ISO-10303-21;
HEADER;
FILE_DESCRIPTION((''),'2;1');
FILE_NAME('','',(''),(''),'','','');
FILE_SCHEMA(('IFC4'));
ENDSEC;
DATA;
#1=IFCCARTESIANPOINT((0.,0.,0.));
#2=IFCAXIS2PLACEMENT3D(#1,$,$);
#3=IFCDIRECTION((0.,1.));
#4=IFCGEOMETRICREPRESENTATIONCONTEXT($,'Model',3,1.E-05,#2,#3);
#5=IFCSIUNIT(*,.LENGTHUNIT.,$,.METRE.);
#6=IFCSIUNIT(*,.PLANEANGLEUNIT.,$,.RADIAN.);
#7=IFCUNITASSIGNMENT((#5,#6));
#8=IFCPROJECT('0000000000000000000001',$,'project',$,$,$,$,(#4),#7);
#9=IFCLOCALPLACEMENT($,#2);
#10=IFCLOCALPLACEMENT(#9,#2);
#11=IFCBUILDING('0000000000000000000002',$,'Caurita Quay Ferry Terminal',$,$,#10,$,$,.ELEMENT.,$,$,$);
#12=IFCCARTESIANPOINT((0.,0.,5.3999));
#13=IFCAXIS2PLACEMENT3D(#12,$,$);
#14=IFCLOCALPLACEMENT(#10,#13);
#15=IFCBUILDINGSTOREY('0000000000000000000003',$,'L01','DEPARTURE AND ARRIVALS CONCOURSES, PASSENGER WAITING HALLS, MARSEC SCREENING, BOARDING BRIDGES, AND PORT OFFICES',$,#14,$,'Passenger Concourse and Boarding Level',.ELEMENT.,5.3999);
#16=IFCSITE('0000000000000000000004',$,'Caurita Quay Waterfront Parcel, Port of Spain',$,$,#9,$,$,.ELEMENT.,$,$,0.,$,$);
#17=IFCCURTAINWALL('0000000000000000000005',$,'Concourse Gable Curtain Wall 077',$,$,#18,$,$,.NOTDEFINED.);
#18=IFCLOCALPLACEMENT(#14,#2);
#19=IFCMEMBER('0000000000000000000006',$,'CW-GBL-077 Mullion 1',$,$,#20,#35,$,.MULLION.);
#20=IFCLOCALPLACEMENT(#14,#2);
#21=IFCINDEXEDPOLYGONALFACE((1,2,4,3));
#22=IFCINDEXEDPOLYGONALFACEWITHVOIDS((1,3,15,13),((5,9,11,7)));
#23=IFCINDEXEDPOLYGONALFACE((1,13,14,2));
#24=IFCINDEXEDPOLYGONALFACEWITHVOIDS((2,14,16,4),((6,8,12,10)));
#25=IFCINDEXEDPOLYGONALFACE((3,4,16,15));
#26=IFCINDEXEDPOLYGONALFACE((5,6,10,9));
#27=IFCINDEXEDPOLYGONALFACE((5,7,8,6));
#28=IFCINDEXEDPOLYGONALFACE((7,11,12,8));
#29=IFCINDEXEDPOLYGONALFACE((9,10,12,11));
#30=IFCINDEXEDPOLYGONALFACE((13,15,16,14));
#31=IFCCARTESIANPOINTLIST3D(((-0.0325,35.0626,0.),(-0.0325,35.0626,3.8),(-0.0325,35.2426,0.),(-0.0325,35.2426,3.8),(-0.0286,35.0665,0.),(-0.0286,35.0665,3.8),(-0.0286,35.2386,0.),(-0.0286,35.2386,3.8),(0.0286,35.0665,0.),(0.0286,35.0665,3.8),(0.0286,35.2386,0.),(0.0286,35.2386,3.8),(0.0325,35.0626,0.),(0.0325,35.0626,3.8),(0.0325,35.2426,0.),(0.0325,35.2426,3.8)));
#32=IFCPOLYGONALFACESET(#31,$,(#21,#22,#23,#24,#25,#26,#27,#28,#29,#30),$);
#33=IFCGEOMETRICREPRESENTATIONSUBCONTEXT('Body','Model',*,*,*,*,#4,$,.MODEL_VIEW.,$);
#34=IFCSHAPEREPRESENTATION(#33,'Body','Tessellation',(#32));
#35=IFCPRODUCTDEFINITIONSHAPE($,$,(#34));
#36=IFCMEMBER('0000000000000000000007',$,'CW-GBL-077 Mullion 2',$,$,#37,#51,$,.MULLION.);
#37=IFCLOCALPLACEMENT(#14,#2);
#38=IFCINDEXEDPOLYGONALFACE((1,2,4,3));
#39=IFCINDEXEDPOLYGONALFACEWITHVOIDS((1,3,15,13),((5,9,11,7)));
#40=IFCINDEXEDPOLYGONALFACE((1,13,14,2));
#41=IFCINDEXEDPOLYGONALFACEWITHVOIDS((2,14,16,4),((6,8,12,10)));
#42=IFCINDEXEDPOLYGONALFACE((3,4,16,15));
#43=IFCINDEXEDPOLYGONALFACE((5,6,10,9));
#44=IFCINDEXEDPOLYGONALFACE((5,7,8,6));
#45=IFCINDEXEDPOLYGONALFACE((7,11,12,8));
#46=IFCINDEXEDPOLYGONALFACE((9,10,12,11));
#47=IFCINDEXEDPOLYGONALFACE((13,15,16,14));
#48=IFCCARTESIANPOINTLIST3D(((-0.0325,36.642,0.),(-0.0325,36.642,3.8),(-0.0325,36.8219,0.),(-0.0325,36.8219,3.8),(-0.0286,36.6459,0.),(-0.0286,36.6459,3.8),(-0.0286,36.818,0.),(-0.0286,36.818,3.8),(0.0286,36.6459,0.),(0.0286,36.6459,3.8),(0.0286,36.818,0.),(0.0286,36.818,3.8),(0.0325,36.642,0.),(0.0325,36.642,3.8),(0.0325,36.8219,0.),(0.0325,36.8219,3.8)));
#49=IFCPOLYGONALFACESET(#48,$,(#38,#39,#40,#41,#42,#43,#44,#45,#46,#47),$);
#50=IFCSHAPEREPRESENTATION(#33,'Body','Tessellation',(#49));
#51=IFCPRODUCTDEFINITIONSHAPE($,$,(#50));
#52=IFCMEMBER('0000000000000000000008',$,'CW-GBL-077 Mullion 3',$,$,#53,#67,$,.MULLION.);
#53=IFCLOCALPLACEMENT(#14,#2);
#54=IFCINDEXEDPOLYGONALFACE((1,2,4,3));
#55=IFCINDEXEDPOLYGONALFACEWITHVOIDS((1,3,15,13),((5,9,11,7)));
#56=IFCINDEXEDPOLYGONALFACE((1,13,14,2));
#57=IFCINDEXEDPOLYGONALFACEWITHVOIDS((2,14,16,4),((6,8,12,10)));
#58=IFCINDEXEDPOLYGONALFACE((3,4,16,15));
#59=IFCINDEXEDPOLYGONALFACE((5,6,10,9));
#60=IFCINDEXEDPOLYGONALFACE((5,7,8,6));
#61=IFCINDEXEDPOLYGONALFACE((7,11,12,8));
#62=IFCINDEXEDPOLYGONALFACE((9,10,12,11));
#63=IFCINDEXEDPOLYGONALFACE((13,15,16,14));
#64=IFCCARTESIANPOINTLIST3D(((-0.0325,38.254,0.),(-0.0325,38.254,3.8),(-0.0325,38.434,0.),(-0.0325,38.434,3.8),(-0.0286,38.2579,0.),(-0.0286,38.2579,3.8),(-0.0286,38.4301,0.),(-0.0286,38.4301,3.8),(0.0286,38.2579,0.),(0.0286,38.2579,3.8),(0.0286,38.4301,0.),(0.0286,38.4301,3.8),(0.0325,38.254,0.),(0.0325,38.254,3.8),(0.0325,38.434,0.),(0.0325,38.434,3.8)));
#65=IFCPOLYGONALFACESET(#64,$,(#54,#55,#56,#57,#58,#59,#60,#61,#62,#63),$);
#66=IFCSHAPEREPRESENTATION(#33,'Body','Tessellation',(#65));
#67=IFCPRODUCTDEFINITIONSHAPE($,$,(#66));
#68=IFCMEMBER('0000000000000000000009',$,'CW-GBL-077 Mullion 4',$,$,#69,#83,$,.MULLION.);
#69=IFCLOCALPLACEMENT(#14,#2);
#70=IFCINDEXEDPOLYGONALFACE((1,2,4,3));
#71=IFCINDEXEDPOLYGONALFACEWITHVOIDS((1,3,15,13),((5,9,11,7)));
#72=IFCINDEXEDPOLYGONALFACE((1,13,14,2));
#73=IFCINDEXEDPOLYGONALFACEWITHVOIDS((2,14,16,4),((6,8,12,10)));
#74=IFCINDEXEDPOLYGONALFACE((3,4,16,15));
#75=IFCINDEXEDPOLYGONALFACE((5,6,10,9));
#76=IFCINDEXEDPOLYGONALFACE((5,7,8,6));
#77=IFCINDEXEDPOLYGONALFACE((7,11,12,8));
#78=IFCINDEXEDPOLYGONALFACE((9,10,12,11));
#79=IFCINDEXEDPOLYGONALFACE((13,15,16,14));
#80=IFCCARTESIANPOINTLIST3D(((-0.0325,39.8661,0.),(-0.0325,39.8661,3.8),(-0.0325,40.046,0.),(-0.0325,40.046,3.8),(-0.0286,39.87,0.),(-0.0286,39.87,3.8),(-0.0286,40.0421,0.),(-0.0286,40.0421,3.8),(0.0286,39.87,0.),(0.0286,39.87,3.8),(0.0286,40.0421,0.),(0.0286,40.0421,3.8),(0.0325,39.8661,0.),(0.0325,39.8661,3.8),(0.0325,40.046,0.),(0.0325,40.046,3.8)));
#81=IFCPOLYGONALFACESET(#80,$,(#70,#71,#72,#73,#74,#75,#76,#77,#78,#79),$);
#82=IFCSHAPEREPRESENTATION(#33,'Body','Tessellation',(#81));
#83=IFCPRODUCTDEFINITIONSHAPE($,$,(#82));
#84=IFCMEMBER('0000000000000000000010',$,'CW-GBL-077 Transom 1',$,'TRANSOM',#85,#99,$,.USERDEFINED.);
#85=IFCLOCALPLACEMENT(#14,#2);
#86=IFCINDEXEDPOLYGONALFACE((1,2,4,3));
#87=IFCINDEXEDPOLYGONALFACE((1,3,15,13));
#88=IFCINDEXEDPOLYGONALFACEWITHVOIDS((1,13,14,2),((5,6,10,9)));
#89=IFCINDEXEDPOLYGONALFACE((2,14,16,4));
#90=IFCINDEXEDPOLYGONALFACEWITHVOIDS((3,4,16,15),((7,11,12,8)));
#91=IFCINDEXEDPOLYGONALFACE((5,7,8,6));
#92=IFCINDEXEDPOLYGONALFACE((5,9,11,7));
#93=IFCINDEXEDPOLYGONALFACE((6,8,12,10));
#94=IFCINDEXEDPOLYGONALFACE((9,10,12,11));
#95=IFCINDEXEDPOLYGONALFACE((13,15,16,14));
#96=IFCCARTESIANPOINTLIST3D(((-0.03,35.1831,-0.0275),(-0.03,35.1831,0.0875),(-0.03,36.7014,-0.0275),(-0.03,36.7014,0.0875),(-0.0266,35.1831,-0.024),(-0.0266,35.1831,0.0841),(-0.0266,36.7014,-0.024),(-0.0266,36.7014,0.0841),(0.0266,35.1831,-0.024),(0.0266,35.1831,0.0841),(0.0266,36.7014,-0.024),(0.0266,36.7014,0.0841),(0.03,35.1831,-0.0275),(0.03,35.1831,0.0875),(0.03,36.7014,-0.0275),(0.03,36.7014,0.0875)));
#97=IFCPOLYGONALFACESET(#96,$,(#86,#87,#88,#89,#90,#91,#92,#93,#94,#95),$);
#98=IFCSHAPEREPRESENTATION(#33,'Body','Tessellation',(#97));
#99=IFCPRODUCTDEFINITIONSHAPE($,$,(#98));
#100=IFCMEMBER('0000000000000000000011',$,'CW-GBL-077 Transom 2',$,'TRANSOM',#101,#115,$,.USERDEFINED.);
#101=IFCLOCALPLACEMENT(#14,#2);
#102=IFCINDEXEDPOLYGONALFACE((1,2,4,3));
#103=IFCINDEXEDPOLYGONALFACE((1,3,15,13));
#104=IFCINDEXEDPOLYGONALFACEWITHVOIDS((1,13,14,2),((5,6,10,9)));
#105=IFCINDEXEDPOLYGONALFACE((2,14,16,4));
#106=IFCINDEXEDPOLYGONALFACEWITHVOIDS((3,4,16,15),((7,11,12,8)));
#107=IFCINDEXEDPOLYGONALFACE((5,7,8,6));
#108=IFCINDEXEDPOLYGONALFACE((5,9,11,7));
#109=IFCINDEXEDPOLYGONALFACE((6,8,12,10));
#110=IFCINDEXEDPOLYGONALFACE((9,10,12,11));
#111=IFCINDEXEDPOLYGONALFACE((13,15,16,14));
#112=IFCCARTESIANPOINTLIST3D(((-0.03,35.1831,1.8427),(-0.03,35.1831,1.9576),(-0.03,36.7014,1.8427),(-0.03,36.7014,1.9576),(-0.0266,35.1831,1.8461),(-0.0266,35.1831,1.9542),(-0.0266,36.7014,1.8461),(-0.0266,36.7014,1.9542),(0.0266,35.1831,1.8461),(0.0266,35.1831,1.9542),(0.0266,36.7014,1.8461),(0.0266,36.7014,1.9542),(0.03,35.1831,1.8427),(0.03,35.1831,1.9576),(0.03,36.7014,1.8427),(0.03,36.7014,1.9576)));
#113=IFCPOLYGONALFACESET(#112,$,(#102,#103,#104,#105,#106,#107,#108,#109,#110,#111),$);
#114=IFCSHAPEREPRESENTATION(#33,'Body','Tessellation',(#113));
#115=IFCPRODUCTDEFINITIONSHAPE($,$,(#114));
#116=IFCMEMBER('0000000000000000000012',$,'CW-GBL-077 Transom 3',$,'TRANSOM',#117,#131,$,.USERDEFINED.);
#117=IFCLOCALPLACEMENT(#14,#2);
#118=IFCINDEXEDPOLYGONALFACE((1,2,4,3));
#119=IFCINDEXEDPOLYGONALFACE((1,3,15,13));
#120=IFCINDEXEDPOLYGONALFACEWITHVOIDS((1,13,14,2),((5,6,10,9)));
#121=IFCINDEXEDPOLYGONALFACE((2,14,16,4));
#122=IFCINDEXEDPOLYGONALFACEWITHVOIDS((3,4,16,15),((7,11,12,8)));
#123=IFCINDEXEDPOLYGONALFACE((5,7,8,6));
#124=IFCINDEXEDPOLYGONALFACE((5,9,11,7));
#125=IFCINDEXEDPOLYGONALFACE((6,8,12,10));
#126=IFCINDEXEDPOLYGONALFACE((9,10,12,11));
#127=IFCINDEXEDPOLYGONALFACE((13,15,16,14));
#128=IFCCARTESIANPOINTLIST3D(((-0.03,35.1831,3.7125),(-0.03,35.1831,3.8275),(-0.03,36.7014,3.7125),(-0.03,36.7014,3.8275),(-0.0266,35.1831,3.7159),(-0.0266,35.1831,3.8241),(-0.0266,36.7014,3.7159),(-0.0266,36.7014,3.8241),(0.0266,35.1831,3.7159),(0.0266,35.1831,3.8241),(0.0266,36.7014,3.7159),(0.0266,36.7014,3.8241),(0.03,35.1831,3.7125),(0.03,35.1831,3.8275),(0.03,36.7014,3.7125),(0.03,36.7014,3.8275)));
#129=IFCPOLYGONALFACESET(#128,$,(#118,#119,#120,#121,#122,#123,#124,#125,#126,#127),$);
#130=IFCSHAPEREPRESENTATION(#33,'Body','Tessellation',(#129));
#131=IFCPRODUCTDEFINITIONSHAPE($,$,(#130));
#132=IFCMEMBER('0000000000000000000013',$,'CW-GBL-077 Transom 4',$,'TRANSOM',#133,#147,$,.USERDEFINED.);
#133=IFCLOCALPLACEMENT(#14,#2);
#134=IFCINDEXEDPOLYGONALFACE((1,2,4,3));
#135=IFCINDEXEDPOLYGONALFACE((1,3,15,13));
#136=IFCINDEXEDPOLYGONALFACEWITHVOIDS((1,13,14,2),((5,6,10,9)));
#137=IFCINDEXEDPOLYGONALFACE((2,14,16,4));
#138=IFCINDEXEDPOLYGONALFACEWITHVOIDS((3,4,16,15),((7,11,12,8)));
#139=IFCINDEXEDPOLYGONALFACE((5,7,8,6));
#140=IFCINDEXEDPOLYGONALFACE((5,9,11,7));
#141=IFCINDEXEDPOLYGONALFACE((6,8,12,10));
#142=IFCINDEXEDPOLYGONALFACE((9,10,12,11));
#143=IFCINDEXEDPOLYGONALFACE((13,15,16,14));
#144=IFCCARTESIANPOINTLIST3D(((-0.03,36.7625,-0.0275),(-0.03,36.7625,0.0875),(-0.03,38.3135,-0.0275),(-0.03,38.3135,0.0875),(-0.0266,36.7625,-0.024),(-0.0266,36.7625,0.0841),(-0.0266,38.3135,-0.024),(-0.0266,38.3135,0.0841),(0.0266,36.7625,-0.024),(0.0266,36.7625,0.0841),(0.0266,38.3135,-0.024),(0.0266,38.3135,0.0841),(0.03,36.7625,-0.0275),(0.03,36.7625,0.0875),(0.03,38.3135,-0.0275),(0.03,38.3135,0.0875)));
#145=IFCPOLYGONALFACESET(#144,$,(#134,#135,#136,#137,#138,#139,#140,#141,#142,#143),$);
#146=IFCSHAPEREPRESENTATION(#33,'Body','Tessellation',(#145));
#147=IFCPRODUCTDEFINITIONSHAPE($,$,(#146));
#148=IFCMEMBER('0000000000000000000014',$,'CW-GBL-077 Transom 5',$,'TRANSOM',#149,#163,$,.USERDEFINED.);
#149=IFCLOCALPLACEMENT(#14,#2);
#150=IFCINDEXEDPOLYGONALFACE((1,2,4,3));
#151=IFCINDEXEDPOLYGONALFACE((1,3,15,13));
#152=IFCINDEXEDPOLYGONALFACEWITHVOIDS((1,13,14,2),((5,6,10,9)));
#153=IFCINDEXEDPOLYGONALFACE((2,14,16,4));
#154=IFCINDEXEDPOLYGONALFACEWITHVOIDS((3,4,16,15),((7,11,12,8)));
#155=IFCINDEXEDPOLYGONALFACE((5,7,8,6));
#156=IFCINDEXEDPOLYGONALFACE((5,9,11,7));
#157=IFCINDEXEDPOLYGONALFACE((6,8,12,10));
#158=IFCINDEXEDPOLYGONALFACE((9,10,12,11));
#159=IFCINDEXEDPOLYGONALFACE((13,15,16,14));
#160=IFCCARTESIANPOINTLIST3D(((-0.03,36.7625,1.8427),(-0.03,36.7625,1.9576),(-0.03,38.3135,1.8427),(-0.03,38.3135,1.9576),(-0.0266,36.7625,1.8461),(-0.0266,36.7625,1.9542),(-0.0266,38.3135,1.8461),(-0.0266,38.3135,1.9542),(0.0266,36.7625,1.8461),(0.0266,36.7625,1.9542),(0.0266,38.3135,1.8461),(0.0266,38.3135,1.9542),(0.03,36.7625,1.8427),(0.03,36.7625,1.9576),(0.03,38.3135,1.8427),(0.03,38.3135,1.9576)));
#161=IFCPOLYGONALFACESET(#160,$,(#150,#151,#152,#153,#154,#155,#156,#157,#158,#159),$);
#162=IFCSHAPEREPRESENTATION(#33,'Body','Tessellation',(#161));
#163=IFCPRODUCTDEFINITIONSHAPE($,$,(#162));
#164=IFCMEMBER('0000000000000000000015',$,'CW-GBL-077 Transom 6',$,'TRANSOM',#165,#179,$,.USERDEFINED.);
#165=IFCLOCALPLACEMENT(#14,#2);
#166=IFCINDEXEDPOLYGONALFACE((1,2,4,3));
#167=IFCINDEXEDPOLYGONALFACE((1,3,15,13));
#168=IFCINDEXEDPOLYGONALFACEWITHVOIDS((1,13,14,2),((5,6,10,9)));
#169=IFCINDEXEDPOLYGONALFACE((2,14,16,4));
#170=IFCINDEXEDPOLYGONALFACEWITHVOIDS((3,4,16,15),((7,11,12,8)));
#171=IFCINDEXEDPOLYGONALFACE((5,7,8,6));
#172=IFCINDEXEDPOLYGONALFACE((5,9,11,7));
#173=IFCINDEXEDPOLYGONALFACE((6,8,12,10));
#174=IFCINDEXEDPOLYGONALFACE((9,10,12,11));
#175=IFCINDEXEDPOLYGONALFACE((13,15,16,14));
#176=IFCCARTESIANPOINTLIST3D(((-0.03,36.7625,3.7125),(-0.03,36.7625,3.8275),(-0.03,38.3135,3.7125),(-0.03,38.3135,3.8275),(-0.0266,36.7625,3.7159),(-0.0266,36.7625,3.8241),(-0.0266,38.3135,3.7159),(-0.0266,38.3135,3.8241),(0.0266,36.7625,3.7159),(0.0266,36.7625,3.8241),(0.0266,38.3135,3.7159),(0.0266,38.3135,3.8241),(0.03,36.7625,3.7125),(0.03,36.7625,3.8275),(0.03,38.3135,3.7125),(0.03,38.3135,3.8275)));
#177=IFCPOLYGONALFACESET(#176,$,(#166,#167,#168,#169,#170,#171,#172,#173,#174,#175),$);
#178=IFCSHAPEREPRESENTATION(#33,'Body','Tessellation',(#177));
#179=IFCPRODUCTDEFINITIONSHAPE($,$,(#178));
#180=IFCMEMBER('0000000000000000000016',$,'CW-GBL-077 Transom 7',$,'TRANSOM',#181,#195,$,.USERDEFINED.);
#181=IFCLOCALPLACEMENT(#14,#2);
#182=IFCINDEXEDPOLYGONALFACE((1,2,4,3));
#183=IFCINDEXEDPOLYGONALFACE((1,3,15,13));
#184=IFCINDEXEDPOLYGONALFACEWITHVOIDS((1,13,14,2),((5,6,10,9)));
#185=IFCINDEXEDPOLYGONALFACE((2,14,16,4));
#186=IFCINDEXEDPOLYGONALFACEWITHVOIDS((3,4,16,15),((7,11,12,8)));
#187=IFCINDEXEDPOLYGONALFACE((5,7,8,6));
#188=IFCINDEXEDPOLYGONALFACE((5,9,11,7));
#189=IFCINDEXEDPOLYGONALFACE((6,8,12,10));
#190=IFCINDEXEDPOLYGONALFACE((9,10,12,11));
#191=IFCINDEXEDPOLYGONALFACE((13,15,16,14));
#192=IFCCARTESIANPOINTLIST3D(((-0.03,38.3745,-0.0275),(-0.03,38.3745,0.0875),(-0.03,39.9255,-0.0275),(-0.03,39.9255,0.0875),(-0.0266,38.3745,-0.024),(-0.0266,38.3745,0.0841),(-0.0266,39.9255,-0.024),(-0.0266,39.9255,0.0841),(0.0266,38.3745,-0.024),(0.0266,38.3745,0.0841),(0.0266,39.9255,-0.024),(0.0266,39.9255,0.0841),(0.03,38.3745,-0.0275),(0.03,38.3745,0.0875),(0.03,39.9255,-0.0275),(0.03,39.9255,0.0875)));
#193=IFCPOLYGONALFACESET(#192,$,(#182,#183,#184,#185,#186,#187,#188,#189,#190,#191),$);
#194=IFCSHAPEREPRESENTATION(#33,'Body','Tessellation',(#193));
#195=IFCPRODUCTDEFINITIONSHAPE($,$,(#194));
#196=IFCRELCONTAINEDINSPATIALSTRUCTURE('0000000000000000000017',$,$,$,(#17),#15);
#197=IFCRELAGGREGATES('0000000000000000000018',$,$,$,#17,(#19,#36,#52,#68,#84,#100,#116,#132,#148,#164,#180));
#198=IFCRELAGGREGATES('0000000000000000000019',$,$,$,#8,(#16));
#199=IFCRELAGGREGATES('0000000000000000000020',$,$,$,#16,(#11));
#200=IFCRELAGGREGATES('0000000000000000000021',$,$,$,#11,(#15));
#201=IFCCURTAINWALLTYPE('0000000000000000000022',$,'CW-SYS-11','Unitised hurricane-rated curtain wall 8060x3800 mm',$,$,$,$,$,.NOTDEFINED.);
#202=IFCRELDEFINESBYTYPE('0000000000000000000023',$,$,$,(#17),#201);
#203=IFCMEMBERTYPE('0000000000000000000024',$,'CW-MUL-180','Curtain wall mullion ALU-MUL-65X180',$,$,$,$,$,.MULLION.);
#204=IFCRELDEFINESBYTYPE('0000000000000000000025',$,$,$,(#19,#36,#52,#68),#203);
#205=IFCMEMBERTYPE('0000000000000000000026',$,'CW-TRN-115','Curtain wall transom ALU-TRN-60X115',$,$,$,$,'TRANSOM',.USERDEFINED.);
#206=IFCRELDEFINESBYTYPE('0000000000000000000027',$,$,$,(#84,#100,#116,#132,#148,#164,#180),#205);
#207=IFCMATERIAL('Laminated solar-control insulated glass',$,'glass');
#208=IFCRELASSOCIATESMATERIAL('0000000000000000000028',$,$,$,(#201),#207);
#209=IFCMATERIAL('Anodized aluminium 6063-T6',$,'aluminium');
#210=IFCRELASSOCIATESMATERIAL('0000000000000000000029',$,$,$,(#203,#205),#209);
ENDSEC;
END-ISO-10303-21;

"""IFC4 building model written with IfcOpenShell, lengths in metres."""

from ifc_helpers import new_model, si_unit, direction, frame, origin, origin_2d, place, context, subcontext, project, spatial, hollow_rectangle, extrude, material, material_profile, profile_set, type_object, element, aggregate, save


model = new_model("IFC4")

# Units and contexts
model_context = context("Model", 3, precision=1e-05, world=origin(), true_north=direction((0.0, 1.0)))
body_context = subcontext(model_context, "Body", "Model", "MODEL_VIEW")
ifc_project = project(units=[si_unit("LENGTHUNIT", "METRE"), si_unit("PLANEANGLEUNIT", "RADIAN")], contexts=[model_context])

# Site, building, storey
site_placement = place(None, origin())
site = spatial("IfcSite", under=ifc_project, at=site_placement, Name="Caurita Quay Waterfront Parcel, Port of Spain", CompositionType="ELEMENT", RefElevation=0.0)
building_placement = place(site_placement, origin())
building = spatial("IfcBuilding", under=site, at=building_placement, Name="Caurita Quay Ferry Terminal", CompositionType="ELEMENT")
storey_placement = place(building_placement, frame((0.0, 0.0, 5.3999)))
storey = spatial("IfcBuildingStorey", under=building, at=storey_placement, Name="L01", Description="DEPARTURE AND ARRIVALS CONCOURSES, PASSENGER WAITING HALLS, MARSEC SCREENING, BOARDING BRIDGES, AND PORT OFFICES", LongName="Passenger Concourse and Boarding Level", CompositionType="ELEMENT", Elevation=5.3999)

# Curtain wall, members
ifc_material_1 = material(Name="Laminated solar-control insulated glass", Category="glass")
curtain_wall_type = type_object("IfcCurtainWallType", Name="CW-SYS-11", Description="Unitised hurricane-rated curtain wall 8060x3800 mm", PredefinedType="NOTDEFINED", material=ifc_material_1)
curtain_wall_placement = place(storey_placement, origin())
curtain_wall = element("IfcCurtainWall", 1, at=curtain_wall_placement, inside=storey, type_object=curtain_wall_type, Name="Concourse Gable Curtain Wall 077", PredefinedType="NOTDEFINED")
ifc_material_2 = material(Name="Anodized aluminium 6063-T6", Category="aluminium")
ifc_material_profile_1 = material_profile(ifc_material_2, hollow_rectangle(XDim=0.0649, YDim=0.1799, WallThickness=0.0039, at=origin_2d()), Name="ALU-MUL-65X180")
ifc_profile_set_1 = profile_set([ifc_material_profile_1], Name="Anodized aluminium 6063-T6")
member_type_1 = type_object("IfcMemberType", Name="CW-MUL-180", Description="Curtain wall mullion ALU-MUL-65X180", PredefinedType="MULLION", material=ifc_profile_set_1)
member_1_placement = place(storey_placement, frame((0.0, 35.1526, 0.0), z_axis=(0.0, 0.0, 1.0), x_axis=(-1.0, 0.0, 0.0)))
member_1 = element("IfcMember", 2, at=member_1_placement, type_object=member_type_1, Name="CW-GBL-077 Mullion 1", PredefinedType="MULLION", context=body_context, shape_type="SweptSolid", body=[
    extrude(hollow_rectangle(XDim=0.0649, YDim=0.1799, WallThickness=0.0039, at=origin_2d()), origin(), (0.0, 0.0, 1.0), 3.8),
])
member_2_placement = place(storey_placement, frame((0.0, 36.7319, 0.0), z_axis=(0.0, 0.0, 1.0), x_axis=(-1.0, 0.0, 0.0)))
member_2 = element("IfcMember", 3, at=member_2_placement, type_object=member_type_1, Name="CW-GBL-077 Mullion 2", PredefinedType="MULLION", context=body_context, shape_type="SweptSolid", body=[
    extrude(hollow_rectangle(XDim=0.0649, YDim=0.1799, WallThickness=0.0039, at=origin_2d()), origin(), (0.0, 0.0, 1.0), 3.8),
])
member_3_placement = place(storey_placement, frame((0.0, 38.344, 0.0), z_axis=(0.0, 0.0, 1.0), x_axis=(-1.0, 0.0, 0.0)))
member_3 = element("IfcMember", 4, at=member_3_placement, type_object=member_type_1, Name="CW-GBL-077 Mullion 3", PredefinedType="MULLION", context=body_context, shape_type="SweptSolid", body=[
    extrude(hollow_rectangle(XDim=0.0649, YDim=0.1799, WallThickness=0.0039, at=origin_2d()), origin(), (0.0, 0.0, 1.0), 3.8),
])
member_4_placement = place(storey_placement, frame((0.0, 39.9561, 0.0), z_axis=(0.0, 0.0, 1.0), x_axis=(-1.0, 0.0, 0.0)))
member_4 = element("IfcMember", 5, at=member_4_placement, type_object=member_type_1, Name="CW-GBL-077 Mullion 4", PredefinedType="MULLION", context=body_context, shape_type="SweptSolid", body=[
    extrude(hollow_rectangle(XDim=0.0649, YDim=0.1799, WallThickness=0.0039, at=origin_2d()), origin(), (0.0, 0.0, 1.0), 3.8),
])
ifc_material_profile_2 = material_profile(ifc_material_2, hollow_rectangle(XDim=0.0601, YDim=0.115, WallThickness=0.0034, at=origin_2d()), Name="ALU-TRN-60X115")
ifc_profile_set_2 = profile_set([ifc_material_profile_2], Name="Anodized aluminium 6063-T6")
member_type_2 = type_object("IfcMemberType", Name="CW-TRN-115", Description="Curtain wall transom ALU-TRN-60X115", ElementType="TRANSOM", PredefinedType="USERDEFINED", material=ifc_profile_set_2)
member_5_placement = place(storey_placement, frame((0.0, 35.1831, 0.03), z_axis=(0.0, 1.0, 0.0), x_axis=(-1.0, 0.0, 0.0)))
member_5 = element("IfcMember", 6, at=member_5_placement, type_object=member_type_2, Name="CW-GBL-077 Transom 1", ObjectType="TRANSOM", PredefinedType="USERDEFINED", context=body_context, shape_type="SweptSolid", body=[
    extrude(hollow_rectangle(XDim=0.0601, YDim=0.115, WallThickness=0.0034, at=origin_2d()), origin(), (0.0, 0.0, 1.0), 1.5183),
])
member_6_placement = place(storey_placement, frame((0.0, 35.1831, 1.9001), z_axis=(0.0, 1.0, 0.0), x_axis=(-1.0, 0.0, 0.0)))
member_6 = element("IfcMember", 7, at=member_6_placement, type_object=member_type_2, Name="CW-GBL-077 Transom 2", ObjectType="TRANSOM", PredefinedType="USERDEFINED", context=body_context, shape_type="SweptSolid", body=[
    extrude(hollow_rectangle(XDim=0.0601, YDim=0.115, WallThickness=0.0034, at=origin_2d()), origin(), (0.0, 0.0, 1.0), 1.5183),
])
member_7_placement = place(storey_placement, frame((0.0, 35.1831, 3.77), z_axis=(0.0, 1.0, 0.0), x_axis=(-1.0, 0.0, 0.0)))
member_7 = element("IfcMember", 8, at=member_7_placement, type_object=member_type_2, Name="CW-GBL-077 Transom 3", ObjectType="TRANSOM", PredefinedType="USERDEFINED", context=body_context, shape_type="SweptSolid", body=[
    extrude(hollow_rectangle(XDim=0.0601, YDim=0.115, WallThickness=0.0034, at=origin_2d()), origin(), (0.0, 0.0, 1.0), 1.5183),
])
member_8_placement = place(storey_placement, frame((0.0, 36.7625, 0.03), z_axis=(0.0, 1.0, 0.0), x_axis=(-1.0, 0.0, 0.0)))
member_8 = element("IfcMember", 9, at=member_8_placement, type_object=member_type_2, Name="CW-GBL-077 Transom 4", ObjectType="TRANSOM", PredefinedType="USERDEFINED", context=body_context, shape_type="SweptSolid", body=[
    extrude(hollow_rectangle(XDim=0.0601, YDim=0.115, WallThickness=0.0034, at=origin_2d()), origin(), (0.0, 0.0, 1.0), 1.551),
])
member_9_placement = place(storey_placement, frame((0.0, 36.7625, 1.9001), z_axis=(0.0, 1.0, 0.0), x_axis=(-1.0, 0.0, 0.0)))
member_9 = element("IfcMember", 10, at=member_9_placement, type_object=member_type_2, Name="CW-GBL-077 Transom 5", ObjectType="TRANSOM", PredefinedType="USERDEFINED", context=body_context, shape_type="SweptSolid", body=[
    extrude(hollow_rectangle(XDim=0.0601, YDim=0.115, WallThickness=0.0034, at=origin_2d()), origin(), (0.0, 0.0, 1.0), 1.551),
])
member_10_placement = place(storey_placement, frame((0.0, 36.7625, 3.77), z_axis=(0.0, 1.0, 0.0), x_axis=(-1.0, 0.0, 0.0)))
member_10 = element("IfcMember", 11, at=member_10_placement, type_object=member_type_2, Name="CW-GBL-077 Transom 6", ObjectType="TRANSOM", PredefinedType="USERDEFINED", context=body_context, shape_type="SweptSolid", body=[
    extrude(hollow_rectangle(XDim=0.0601, YDim=0.115, WallThickness=0.0034, at=origin_2d()), origin(), (0.0, 0.0, 1.0), 1.551),
])
member_11_placement = place(storey_placement, frame((0.0, 38.3745, 0.03), z_axis=(0.0, 1.0, 0.0), x_axis=(-1.0, 0.0, 0.0)))
member_11 = element("IfcMember", 12, at=member_11_placement, type_object=member_type_2, Name="CW-GBL-077 Transom 7", ObjectType="TRANSOM", PredefinedType="USERDEFINED", context=body_context, shape_type="SweptSolid", body=[
    extrude(hollow_rectangle(XDim=0.0601, YDim=0.115, WallThickness=0.0034, at=origin_2d()), origin(), (0.0, 0.0, 1.0), 1.551),
])
aggregate(curtain_wall, [member_1, member_2, member_3, member_4, member_5, member_6, member_7, member_8, member_9, member_10, member_11])

save(model, "model.ifc")
